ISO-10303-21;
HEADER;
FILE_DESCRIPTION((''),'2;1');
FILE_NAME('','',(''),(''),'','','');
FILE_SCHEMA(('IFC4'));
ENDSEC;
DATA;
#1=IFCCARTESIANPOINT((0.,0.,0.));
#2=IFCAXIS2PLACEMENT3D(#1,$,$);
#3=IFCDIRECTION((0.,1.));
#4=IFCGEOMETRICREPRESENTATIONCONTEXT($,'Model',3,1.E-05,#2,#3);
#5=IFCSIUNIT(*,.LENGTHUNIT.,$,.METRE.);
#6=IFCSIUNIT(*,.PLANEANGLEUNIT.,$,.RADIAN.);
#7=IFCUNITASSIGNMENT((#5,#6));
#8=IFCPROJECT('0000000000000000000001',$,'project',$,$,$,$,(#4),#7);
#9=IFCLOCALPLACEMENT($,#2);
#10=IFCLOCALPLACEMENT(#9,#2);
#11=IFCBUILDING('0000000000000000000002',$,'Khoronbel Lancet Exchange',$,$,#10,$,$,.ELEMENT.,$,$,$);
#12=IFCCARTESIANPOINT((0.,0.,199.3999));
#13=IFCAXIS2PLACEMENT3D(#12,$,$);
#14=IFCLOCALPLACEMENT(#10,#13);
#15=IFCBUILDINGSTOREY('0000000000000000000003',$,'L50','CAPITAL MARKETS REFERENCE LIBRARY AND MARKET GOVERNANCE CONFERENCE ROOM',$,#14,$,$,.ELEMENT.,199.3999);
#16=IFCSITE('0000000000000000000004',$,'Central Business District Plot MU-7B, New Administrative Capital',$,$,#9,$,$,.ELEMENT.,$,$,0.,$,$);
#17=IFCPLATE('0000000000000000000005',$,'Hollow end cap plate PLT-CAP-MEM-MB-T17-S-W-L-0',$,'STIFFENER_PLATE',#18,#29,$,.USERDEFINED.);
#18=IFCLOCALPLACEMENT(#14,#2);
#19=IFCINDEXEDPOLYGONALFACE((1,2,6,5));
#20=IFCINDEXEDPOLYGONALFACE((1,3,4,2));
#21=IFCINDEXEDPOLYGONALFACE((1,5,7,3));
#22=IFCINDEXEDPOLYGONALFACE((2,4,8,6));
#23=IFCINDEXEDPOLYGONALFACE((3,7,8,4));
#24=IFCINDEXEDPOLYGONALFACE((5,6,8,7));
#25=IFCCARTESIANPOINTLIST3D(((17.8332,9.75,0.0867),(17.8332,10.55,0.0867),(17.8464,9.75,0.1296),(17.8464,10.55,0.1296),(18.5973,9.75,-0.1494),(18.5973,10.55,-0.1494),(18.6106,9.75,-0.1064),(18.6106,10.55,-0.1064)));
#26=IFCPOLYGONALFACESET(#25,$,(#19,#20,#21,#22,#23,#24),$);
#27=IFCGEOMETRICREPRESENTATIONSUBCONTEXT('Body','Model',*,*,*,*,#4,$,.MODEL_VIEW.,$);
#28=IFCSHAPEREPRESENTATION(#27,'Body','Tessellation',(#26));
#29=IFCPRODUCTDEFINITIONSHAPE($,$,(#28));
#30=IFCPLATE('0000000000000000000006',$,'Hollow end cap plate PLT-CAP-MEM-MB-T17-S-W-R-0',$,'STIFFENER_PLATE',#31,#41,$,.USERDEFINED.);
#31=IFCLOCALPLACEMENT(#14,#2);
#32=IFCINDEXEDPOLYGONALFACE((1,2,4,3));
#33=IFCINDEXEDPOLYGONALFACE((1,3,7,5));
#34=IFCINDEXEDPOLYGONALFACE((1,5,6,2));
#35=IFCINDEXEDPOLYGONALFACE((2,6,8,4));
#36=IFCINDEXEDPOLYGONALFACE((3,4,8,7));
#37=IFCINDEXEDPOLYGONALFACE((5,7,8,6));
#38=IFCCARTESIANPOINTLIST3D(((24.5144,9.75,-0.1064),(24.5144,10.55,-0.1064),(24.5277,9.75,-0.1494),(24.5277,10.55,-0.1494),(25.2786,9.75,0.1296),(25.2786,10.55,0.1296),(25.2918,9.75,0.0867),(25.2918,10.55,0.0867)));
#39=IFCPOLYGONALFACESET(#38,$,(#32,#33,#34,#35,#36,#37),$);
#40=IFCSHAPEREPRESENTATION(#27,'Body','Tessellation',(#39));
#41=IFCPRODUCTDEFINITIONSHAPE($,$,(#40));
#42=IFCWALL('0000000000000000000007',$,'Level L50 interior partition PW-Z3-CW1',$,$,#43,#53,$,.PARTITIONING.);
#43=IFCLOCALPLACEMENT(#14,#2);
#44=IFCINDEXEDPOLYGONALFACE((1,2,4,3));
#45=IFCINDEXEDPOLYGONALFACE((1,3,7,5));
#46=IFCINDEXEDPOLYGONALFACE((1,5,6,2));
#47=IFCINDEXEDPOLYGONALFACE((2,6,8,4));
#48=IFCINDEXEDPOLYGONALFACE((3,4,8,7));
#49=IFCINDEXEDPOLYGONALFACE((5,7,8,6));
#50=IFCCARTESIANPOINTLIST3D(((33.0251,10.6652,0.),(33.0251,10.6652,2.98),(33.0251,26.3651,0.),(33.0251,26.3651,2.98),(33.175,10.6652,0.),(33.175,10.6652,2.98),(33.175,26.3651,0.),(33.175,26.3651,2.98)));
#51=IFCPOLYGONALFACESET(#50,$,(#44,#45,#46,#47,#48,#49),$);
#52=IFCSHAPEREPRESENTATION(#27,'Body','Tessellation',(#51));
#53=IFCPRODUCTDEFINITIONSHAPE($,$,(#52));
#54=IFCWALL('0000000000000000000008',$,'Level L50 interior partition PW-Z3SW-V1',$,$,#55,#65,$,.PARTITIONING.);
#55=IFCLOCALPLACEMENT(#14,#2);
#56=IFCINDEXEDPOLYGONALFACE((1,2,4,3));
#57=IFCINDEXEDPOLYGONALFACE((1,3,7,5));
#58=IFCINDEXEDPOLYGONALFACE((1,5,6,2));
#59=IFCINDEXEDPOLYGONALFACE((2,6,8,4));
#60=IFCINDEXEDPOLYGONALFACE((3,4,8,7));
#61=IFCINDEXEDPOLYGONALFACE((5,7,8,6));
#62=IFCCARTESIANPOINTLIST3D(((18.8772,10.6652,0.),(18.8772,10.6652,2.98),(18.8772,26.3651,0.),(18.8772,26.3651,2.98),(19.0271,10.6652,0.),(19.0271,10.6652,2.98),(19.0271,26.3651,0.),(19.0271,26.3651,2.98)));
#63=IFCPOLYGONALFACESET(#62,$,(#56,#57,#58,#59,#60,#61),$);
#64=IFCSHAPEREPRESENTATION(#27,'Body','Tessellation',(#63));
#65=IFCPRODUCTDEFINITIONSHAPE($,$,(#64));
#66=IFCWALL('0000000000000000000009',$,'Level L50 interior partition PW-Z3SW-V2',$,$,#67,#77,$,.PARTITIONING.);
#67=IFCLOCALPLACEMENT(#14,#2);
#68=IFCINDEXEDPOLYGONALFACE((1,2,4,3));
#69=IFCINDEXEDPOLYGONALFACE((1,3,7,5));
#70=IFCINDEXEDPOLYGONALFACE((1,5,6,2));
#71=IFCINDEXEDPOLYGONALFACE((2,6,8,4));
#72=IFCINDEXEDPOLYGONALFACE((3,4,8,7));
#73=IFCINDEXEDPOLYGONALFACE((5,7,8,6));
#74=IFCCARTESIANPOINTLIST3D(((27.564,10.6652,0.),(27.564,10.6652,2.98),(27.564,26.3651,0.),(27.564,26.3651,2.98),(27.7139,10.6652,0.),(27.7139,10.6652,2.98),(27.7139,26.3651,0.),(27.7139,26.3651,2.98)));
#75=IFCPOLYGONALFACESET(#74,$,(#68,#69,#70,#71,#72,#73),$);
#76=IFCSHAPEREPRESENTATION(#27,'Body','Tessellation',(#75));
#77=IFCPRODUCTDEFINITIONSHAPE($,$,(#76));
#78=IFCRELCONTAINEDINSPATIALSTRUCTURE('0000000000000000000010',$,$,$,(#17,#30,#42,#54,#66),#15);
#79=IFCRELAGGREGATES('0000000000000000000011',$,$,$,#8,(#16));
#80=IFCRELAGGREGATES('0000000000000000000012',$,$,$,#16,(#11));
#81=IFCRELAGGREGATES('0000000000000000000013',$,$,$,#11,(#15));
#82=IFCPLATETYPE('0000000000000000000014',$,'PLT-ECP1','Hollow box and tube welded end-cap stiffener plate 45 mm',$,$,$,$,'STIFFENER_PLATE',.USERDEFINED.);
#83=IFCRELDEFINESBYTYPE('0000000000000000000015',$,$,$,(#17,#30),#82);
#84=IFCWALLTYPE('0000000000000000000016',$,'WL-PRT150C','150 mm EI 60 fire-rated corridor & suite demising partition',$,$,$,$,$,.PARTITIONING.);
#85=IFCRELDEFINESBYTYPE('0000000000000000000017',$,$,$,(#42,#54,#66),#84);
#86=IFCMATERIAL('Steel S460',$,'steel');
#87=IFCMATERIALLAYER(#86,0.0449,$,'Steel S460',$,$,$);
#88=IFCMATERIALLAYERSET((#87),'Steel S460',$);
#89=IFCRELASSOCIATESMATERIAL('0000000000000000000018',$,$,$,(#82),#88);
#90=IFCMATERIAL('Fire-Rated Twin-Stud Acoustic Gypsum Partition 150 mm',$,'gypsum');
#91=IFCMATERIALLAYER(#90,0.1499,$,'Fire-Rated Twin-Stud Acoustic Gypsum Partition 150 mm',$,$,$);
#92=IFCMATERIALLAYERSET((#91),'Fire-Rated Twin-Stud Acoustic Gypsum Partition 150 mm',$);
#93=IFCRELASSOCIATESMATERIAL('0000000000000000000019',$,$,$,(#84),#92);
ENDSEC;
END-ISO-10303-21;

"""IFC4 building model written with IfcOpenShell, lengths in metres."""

from ifc_helpers import new_model, si_unit, direction, frame, frame_2d, origin, place, context, subcontext, project, spatial, polyline, rectangle, outline, extrude, material, layer, layer_set, type_object, element, save


model = new_model("IFC4")

# Units and contexts
model_context = context("Model", 3, precision=1e-05, world=origin(), true_north=direction((0.0, 1.0)))
body_context = subcontext(model_context, "Body", "Model", "MODEL_VIEW")
ifc_project = project(units=[si_unit("LENGTHUNIT", "METRE"), si_unit("PLANEANGLEUNIT", "RADIAN")], contexts=[model_context])

# Site, building, storey
site_placement = place(None, origin())
site = spatial("IfcSite", under=ifc_project, at=site_placement, Name="Central Business District Plot MU-7B, New Administrative Capital", CompositionType="ELEMENT", RefElevation=0.0)
building_placement = place(site_placement, origin())
building = spatial("IfcBuilding", under=site, at=building_placement, Name="Khoronbel Lancet Exchange", CompositionType="ELEMENT")
storey_placement = place(building_placement, frame((0.0, 0.0, 199.3999)))
storey = spatial("IfcBuildingStorey", under=building, at=storey_placement, Name="L50", Description="CAPITAL MARKETS REFERENCE LIBRARY AND MARKET GOVERNANCE CONFERENCE ROOM", CompositionType="ELEMENT", Elevation=199.3999)

# Shared definitions
ifc_material_1 = material(Name="Steel S460", Category="steel")

# Plates
ifc_layer_1 = layer(ifc_material_1, 0.0449, Name="Steel S460")
ifc_layer_set_1 = layer_set([ifc_layer_1], Name="Steel S460")
plate_type_1 = type_object("IfcPlateType", Name="PLT-ECP1", Description="Hollow box and tube welded end-cap stiffener plate 45 mm", ElementType="STIFFENER_PLATE", PredefinedType="USERDEFINED", material=ifc_layer_set_1)
for number, where, z_axis, x_axis, name in (
    (1, (18.6106, 9.75, -0.1064), (0.29518, 0.0, 0.955442), (0.0, 1.0, 0.0), "Hollow end cap plate PLT-CAP-MEM-MB-T17-S-W-L-0"),
    (2, (24.5144, 10.55, -0.1064), (-0.29518, 0.0, 0.955442), (0.0, -1.0, 0.0), "Hollow end cap plate PLT-CAP-MEM-MB-T17-S-W-R-0"),
):
    element("IfcPlate", number, at=place(storey_placement, frame(where, z_axis=z_axis, x_axis=x_axis)), inside=storey, type_object=plate_type_1, Name=name, ObjectType="STIFFENER_PLATE", PredefinedType="USERDEFINED", context=body_context, shape_type="SweptSolid", body=[
        extrude(outline(polyline([(0.0, 0.0), (0.8, 0.0), (0.8, 0.7998), (0.0, 0.7998), (0.0, 0.0)])), origin(), (0.0, 0.0, -1.0), 0.0449),
    ])

# Walls
ifc_material_2 = material(Name="Fire-Rated Twin-Stud Acoustic Gypsum Partition 150 mm", Category="gypsum")
ifc_layer_2 = layer(ifc_material_2, 0.1499, Name="Fire-Rated Twin-Stud Acoustic Gypsum Partition 150 mm")
ifc_layer_set_2 = layer_set([ifc_layer_2], Name="Fire-Rated Twin-Stud Acoustic Gypsum Partition 150 mm")
wall_type = type_object("IfcWallType", Name="WL-PRT150C", Description="150 mm EI 60 fire-rated corridor & suite demising partition", PredefinedType="PARTITIONING", material=ifc_layer_set_2)
for number, where, z_axis, x_axis, name in (
    (3, (33.1001, 10.665, 0.0), (0.0, 0.0, 1.0), (0.0, 1.0, 0.0), "Level L50 interior partition PW-Z3-CW1"),
    (4, (18.9521, 10.665, 0.0), (0.0, 0.0, 1.0), (0.0, 1.0, 0.0), "Level L50 interior partition PW-Z3SW-V1"),
    (5, (27.6389, 10.665, 0.0), (0.0, 0.0, 1.0), (0.0, 1.0, 0.0), "Level L50 interior partition PW-Z3SW-V2"),
):
    element("IfcWall", number, at=place(storey_placement, frame(where, z_axis=z_axis, x_axis=x_axis)), inside=storey, type_object=wall_type, Name=name, PredefinedType="PARTITIONING", context=body_context, shape_type="SweptSolid", body=[
        extrude(rectangle(XDim=15.7, YDim=0.1499, at=frame_2d((7.8501, 0.0))), origin(), (0.0, 0.0, 1.0), 2.98),
    ])

save(model, "model.ifc")
